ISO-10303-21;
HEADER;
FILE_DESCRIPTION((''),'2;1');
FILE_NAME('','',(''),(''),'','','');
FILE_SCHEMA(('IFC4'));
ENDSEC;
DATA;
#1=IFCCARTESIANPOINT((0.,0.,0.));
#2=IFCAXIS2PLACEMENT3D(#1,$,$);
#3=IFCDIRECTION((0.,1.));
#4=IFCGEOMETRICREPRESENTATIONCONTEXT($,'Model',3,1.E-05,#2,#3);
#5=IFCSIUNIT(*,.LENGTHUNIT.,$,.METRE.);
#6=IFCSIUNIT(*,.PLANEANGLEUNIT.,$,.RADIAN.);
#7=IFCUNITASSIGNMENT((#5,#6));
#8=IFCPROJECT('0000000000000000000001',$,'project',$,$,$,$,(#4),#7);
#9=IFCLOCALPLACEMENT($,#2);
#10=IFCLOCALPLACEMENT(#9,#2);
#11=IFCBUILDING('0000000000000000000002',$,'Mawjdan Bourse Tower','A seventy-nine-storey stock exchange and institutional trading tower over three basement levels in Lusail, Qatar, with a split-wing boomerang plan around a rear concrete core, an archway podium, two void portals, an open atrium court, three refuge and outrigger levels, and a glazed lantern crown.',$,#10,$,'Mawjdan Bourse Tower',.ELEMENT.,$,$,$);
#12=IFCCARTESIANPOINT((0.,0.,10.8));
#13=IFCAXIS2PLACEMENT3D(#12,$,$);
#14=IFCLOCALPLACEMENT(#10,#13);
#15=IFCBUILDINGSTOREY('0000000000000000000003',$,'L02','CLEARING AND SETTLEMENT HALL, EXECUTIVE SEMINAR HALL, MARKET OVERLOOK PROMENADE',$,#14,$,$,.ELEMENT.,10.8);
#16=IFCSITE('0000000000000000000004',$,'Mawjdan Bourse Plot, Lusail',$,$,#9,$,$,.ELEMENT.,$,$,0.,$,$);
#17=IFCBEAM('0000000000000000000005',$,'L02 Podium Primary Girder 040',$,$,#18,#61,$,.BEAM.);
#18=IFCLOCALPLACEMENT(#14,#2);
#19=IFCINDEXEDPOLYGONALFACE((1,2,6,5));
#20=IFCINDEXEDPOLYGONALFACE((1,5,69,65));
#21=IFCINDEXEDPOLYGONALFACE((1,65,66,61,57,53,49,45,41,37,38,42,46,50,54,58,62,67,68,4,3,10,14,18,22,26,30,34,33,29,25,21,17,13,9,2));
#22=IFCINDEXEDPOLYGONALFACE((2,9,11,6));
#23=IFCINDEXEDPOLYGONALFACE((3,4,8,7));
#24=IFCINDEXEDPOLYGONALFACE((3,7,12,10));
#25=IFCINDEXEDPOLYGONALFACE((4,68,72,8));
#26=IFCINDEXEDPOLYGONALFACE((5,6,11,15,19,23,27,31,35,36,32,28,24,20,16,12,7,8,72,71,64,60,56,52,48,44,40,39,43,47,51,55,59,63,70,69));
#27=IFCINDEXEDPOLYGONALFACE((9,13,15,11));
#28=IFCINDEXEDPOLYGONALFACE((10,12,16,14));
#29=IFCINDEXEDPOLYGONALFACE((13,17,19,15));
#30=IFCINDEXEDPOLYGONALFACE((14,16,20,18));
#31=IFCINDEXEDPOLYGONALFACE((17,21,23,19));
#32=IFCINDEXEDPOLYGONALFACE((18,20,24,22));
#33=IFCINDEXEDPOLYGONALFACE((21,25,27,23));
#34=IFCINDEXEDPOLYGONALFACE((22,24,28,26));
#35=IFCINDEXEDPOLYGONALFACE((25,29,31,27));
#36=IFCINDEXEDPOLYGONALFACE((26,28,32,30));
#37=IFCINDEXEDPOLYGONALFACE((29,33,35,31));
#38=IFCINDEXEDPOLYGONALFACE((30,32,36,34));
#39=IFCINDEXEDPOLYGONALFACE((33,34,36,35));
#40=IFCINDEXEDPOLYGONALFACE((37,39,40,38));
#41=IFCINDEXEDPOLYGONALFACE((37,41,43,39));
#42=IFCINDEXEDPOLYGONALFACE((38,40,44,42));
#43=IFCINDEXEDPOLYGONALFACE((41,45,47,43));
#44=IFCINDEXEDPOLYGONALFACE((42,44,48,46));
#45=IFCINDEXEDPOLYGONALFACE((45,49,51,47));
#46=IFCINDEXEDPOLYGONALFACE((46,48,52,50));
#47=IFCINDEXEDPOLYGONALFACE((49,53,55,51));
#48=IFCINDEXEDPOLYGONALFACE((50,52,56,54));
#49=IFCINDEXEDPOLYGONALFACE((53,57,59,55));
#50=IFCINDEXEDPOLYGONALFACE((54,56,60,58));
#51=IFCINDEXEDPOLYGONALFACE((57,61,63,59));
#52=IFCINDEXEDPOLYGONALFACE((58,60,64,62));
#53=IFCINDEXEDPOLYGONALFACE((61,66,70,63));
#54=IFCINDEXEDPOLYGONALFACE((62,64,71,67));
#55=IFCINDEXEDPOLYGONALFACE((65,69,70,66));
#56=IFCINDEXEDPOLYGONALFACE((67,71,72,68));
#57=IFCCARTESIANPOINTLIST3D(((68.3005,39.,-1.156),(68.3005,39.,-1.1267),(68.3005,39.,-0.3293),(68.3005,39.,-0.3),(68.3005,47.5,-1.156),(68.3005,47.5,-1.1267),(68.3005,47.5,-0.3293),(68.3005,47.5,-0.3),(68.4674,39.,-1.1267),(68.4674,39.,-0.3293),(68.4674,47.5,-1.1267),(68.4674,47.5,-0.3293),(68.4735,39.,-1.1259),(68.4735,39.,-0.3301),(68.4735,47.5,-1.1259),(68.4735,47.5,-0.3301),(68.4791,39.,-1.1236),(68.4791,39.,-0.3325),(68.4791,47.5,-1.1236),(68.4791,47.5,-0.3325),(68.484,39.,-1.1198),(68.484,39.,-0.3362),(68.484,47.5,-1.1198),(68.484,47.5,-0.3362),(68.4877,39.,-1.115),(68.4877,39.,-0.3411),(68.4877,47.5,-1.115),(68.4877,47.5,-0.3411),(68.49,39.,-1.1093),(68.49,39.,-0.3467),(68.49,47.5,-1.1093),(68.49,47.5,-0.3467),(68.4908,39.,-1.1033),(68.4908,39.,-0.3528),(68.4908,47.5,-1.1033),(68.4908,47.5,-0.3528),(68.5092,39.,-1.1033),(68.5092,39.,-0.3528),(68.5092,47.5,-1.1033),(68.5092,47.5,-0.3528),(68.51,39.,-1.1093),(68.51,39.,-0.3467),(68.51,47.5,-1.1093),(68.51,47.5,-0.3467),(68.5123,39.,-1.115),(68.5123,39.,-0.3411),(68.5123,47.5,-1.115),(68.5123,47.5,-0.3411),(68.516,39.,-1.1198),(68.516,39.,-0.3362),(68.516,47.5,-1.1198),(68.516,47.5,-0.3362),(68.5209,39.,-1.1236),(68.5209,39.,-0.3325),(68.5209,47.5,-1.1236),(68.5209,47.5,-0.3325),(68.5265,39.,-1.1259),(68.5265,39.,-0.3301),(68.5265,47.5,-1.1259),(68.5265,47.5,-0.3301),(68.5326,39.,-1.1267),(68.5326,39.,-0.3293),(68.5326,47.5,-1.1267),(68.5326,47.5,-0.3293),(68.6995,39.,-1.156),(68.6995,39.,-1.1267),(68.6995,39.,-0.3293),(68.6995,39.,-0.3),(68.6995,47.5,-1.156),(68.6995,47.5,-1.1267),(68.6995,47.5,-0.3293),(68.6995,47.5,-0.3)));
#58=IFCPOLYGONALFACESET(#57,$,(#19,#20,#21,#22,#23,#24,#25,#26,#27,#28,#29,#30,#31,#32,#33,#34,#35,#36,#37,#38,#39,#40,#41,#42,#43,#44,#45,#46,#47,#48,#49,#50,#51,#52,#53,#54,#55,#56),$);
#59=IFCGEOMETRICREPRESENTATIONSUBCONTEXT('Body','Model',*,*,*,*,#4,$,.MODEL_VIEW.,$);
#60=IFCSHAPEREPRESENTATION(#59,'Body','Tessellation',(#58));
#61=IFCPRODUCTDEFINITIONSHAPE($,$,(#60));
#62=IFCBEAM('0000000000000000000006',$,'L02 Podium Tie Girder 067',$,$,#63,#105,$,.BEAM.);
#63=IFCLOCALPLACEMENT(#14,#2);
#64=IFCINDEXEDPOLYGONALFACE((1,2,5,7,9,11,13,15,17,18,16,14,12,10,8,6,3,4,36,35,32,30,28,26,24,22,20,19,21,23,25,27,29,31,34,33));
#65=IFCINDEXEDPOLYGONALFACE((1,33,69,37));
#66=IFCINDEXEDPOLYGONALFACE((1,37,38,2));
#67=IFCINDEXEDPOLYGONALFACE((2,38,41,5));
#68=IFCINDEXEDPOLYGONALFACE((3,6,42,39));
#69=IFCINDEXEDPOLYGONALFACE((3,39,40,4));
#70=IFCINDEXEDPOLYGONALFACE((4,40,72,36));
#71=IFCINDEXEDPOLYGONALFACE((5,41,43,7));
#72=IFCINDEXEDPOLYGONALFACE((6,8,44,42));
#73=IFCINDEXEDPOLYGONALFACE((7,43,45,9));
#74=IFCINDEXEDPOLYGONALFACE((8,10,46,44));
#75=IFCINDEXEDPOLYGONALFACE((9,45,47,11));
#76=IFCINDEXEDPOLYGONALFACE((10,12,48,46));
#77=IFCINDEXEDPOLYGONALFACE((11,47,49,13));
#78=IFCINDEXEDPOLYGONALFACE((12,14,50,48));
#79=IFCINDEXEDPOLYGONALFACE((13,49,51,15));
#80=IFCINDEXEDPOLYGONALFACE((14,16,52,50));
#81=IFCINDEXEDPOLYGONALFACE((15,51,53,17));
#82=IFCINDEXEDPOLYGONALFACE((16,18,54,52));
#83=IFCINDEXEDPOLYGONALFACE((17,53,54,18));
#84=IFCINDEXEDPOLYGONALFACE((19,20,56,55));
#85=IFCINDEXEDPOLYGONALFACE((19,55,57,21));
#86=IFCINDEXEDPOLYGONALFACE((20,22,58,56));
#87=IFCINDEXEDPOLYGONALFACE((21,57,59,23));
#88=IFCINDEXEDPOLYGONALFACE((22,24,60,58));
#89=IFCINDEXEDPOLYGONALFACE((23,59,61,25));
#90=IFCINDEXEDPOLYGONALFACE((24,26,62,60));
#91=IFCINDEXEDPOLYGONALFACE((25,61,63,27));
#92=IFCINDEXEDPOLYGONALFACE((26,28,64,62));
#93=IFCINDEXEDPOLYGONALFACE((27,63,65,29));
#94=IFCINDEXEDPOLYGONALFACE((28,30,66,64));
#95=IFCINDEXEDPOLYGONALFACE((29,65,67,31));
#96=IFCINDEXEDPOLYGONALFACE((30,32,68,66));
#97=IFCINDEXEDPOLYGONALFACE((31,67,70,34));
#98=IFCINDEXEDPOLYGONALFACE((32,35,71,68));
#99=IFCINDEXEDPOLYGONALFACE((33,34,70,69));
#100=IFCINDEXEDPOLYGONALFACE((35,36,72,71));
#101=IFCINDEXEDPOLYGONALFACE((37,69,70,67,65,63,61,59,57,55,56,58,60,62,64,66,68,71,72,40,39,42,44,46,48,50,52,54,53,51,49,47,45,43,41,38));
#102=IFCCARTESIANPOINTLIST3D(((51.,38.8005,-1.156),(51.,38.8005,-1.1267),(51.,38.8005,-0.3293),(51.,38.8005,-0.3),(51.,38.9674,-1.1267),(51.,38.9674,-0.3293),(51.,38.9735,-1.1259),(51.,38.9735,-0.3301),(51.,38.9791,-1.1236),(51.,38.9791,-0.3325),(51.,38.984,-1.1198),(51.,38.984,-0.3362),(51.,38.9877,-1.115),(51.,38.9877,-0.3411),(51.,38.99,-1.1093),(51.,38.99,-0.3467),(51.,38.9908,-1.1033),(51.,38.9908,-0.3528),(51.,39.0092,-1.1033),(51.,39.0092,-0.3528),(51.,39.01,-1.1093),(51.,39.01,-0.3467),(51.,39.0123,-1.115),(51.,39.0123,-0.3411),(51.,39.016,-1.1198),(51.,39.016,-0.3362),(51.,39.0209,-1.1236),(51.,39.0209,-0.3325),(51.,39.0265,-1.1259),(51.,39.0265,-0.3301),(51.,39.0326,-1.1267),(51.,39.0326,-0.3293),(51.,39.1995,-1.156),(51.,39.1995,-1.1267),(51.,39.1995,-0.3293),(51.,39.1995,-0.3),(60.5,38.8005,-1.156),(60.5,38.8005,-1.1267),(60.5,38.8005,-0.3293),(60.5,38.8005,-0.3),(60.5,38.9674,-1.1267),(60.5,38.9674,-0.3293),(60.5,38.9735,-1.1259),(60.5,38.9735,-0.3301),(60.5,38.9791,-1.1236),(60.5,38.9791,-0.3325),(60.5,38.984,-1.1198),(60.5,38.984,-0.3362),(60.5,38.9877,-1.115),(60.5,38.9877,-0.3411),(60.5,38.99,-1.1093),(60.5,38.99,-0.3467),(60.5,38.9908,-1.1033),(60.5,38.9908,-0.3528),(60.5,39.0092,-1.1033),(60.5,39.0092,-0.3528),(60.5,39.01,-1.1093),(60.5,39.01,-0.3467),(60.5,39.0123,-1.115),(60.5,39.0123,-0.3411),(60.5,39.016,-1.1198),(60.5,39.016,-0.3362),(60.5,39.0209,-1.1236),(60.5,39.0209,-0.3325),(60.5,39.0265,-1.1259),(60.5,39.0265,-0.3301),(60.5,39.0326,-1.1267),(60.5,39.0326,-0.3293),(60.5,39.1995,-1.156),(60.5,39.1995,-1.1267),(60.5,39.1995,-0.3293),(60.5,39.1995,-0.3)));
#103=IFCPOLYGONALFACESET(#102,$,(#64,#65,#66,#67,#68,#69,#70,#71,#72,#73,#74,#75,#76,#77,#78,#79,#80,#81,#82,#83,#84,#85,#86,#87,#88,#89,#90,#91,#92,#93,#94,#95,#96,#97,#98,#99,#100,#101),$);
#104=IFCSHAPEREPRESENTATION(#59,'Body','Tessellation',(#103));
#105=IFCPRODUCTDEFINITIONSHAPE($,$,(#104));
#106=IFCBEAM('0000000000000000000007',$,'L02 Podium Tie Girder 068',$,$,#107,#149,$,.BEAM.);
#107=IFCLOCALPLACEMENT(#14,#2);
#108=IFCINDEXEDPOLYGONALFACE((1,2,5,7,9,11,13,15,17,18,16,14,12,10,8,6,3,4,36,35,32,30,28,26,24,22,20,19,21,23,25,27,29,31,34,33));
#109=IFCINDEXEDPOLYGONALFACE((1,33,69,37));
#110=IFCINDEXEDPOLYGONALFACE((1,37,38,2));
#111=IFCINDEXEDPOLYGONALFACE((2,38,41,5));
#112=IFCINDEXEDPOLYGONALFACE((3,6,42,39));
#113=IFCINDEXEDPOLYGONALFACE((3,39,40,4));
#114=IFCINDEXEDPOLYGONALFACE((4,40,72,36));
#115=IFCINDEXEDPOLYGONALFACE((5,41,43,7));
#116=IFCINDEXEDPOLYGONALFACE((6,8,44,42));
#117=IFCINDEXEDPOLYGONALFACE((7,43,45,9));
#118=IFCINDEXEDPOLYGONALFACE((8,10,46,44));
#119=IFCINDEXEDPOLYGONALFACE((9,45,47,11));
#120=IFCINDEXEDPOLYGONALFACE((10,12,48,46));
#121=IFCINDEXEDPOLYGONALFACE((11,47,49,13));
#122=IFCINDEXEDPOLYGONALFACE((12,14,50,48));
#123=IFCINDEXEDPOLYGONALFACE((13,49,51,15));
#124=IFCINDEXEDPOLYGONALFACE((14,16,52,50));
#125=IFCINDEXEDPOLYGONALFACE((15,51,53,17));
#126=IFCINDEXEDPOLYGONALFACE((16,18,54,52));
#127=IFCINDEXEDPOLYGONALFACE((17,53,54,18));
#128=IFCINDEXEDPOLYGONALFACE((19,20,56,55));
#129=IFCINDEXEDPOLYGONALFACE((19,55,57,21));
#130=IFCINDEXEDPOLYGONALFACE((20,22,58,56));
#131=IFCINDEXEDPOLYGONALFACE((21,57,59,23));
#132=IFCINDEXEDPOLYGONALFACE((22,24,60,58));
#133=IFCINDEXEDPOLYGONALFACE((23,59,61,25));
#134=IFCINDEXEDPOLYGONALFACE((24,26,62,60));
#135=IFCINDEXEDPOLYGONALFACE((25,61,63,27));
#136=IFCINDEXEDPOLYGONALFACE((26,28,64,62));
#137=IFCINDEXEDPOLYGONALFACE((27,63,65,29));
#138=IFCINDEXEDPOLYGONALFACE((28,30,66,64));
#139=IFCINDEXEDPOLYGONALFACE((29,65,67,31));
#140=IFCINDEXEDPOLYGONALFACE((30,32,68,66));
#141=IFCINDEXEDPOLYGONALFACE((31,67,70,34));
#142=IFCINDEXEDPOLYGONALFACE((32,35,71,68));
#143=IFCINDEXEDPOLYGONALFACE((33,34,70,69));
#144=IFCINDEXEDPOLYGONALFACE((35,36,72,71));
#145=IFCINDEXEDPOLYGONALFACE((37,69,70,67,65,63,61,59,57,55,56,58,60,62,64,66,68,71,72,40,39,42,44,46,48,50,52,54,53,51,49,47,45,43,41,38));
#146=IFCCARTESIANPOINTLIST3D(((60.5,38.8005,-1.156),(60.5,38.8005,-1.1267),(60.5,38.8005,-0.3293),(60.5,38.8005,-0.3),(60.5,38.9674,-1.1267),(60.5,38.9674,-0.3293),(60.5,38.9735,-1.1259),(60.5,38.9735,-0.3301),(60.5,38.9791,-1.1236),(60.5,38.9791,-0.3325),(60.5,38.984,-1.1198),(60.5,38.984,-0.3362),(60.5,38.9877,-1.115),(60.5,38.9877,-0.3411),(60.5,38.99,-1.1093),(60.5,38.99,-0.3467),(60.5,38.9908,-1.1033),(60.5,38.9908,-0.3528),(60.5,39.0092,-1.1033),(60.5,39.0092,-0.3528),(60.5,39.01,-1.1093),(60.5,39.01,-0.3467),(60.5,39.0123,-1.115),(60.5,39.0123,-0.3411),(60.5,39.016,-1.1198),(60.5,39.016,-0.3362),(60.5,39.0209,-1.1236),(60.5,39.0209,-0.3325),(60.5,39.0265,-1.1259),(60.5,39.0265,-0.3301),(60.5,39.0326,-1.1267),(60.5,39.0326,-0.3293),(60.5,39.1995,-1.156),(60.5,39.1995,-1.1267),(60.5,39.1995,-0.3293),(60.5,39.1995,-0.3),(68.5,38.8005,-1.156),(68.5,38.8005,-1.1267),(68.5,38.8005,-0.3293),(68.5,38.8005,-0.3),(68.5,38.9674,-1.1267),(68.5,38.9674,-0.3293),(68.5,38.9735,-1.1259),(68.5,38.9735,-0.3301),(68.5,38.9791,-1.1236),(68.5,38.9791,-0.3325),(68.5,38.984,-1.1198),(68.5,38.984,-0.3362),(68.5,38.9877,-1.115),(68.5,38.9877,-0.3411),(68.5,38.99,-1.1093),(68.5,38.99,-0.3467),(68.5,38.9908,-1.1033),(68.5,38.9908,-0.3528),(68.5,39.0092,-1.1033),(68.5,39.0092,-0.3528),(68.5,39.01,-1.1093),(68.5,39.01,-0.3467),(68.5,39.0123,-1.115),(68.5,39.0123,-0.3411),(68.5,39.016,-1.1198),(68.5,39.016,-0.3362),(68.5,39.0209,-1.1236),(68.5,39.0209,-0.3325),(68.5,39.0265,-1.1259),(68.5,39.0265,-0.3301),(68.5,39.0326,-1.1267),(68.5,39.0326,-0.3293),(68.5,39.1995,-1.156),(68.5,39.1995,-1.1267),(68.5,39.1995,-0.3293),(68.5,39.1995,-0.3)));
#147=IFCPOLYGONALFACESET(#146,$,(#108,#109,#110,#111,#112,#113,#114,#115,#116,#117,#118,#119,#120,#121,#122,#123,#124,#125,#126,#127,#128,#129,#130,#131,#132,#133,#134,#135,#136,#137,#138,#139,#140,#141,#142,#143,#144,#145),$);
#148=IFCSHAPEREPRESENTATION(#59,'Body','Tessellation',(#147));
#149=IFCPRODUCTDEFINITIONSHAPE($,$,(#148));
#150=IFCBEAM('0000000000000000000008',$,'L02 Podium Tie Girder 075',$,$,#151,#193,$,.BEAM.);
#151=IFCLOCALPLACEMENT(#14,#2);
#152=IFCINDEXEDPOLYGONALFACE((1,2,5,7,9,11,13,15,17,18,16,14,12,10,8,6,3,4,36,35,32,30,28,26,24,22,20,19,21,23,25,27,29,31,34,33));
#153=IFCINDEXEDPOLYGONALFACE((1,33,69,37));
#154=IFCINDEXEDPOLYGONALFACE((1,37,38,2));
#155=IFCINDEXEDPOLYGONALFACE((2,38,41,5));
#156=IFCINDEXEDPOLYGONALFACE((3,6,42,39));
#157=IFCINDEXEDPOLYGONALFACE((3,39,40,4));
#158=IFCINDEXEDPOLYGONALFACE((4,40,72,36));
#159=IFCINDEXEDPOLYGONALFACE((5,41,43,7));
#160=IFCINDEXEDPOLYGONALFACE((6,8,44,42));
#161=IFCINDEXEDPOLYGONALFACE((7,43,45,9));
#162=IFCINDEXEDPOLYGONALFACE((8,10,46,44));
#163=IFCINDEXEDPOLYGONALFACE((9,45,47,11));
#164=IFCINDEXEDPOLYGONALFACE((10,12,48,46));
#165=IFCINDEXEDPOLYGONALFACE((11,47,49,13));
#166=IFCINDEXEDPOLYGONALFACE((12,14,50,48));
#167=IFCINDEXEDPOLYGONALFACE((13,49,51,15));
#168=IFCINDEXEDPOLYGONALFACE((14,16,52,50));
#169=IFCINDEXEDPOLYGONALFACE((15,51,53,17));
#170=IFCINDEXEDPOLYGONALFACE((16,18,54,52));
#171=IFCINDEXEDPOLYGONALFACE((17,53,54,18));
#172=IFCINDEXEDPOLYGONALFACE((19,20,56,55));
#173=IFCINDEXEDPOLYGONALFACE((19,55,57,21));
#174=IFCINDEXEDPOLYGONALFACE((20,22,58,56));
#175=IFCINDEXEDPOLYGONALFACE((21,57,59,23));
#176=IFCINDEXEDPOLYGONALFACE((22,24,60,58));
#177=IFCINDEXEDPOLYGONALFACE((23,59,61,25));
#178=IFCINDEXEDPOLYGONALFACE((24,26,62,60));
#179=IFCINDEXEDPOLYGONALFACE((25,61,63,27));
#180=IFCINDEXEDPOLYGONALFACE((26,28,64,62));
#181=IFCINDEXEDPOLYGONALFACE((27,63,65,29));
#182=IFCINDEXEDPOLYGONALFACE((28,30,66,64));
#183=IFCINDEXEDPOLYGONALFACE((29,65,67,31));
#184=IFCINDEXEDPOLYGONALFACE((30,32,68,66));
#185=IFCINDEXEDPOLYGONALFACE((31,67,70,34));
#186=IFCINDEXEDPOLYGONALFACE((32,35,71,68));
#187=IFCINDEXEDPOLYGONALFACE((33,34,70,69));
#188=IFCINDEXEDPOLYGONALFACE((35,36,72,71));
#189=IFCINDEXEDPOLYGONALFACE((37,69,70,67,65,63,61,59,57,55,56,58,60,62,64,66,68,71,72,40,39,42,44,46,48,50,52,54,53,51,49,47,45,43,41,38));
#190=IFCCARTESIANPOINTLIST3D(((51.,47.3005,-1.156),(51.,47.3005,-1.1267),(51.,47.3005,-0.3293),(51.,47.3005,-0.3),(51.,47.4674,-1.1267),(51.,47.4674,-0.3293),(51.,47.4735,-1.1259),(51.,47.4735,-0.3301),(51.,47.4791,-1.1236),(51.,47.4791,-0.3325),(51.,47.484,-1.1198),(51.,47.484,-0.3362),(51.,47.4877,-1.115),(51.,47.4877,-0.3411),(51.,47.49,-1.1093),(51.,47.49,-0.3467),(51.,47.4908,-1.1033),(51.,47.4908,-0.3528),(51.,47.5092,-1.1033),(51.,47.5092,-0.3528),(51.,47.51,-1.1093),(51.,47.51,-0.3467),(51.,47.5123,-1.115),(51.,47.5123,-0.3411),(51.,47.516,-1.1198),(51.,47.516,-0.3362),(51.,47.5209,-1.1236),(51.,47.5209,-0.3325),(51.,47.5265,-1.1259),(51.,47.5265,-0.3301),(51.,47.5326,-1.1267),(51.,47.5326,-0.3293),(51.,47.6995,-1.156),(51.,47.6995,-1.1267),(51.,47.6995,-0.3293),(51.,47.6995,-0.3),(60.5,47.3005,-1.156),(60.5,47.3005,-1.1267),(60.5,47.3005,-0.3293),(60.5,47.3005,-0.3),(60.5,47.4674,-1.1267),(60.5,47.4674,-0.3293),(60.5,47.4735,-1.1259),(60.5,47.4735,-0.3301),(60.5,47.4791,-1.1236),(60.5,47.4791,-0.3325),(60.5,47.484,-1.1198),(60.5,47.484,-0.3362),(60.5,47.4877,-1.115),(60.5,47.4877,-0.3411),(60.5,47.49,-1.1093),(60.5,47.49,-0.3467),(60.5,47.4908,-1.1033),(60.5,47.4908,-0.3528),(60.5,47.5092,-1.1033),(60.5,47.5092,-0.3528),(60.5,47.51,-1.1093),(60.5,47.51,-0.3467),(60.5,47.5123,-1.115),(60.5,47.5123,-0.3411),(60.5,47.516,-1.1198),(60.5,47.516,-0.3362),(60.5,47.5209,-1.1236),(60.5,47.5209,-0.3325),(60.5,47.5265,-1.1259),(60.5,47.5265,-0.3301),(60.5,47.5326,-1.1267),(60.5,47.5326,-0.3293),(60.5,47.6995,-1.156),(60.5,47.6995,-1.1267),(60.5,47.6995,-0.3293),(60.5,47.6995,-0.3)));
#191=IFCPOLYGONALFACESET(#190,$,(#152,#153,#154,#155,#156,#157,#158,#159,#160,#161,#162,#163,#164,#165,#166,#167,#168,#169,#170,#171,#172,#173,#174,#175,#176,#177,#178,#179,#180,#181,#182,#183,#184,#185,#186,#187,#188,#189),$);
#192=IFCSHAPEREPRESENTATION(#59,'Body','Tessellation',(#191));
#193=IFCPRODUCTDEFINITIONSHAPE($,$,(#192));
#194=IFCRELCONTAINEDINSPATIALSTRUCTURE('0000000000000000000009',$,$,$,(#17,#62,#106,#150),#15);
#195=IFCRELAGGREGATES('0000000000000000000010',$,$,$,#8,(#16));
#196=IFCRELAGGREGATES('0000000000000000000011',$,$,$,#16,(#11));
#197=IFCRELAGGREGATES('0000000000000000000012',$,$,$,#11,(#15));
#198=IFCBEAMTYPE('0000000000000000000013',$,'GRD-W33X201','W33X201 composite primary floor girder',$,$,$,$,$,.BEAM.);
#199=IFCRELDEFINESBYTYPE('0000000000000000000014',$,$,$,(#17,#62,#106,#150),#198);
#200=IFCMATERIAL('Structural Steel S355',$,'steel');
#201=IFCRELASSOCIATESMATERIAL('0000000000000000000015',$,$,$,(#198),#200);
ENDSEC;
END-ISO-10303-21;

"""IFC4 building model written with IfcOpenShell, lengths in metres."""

from ifc_helpers import new_model, si_unit, direction, frame, origin, origin_2d, place, context, subcontext, project, spatial, i_section, extrude, material, material_profile, profile_set, type_object, element, save


model = new_model("IFC4")

# Units and contexts
model_context = context("Model", 3, precision=1e-05, world=origin(), true_north=direction((0.0, 1.0)))
body_context = subcontext(model_context, "Body", "Model", "MODEL_VIEW")
ifc_project = project(units=[si_unit("LENGTHUNIT", "METRE"), si_unit("PLANEANGLEUNIT", "RADIAN")], contexts=[model_context])

# Site, building, storey
site_placement = place(None, origin())
site = spatial("IfcSite", under=ifc_project, at=site_placement, Name="Mawjdan Bourse Plot, Lusail", CompositionType="ELEMENT", RefElevation=0.0)
building_placement = place(site_placement, origin())
building = spatial("IfcBuilding", under=site, at=building_placement, Name="Mawjdan Bourse Tower", Description="A seventy-nine-storey stock exchange and institutional trading tower over three basement levels in Lusail, Qatar, with a split-wing boomerang plan around a rear concrete core, an archway podium, two void portals, an open atrium court, three refuge and outrigger levels, and a glazed lantern crown.", LongName="Mawjdan Bourse Tower", CompositionType="ELEMENT")
storey_placement = place(building_placement, frame((0.0, 0.0, 10.8)))
storey = spatial("IfcBuildingStorey", under=building, at=storey_placement, Name="L02", Description="CLEARING AND SETTLEMENT HALL, EXECUTIVE SEMINAR HALL, MARKET OVERLOOK PROMENADE", CompositionType="ELEMENT", Elevation=10.8)

# Beams
ifc_material_1 = material(Name="Structural Steel S355", Category="steel")
ifc_material_profile_1 = material_profile(ifc_material_1, i_section(OverallWidth=0.3989, OverallDepth=0.856, WebThickness=0.0183, FlangeThickness=0.0293, FilletRadius=0.0234, at=origin_2d()), Name="W33X201")
ifc_profile_set_1 = profile_set([ifc_material_profile_1], Name="Structural Steel S355")
beam_type_1 = type_object("IfcBeamType", Name="GRD-W33X201", Description="W33X201 composite primary floor girder", PredefinedType="BEAM", material=ifc_profile_set_1)
for number, where, z_axis, x_axis, name in (
    (1, (68.5, 39.0, -0.728), (0.0, 1.0, 0.0), (-1.0, 0.0, 0.0), "L02 Podium Primary Girder 040"),
):
    element("IfcBeam", number, at=place(storey_placement, frame(where, z_axis=z_axis, x_axis=x_axis)), inside=storey, type_object=beam_type_1, Name=name, PredefinedType="BEAM", context=body_context, shape_type="SweptSolid", body=[
        extrude(i_section(OverallWidth=0.3989, OverallDepth=0.856, WebThickness=0.0183, FlangeThickness=0.0293, FilletRadius=0.0234, at=origin_2d()), origin(), (0.0, 0.0, 1.0), 8.5),
    ])
beam_1_placement = place(storey_placement, frame((51.0, 39.0, -0.728), z_axis=(1.0, 0.0, 0.0), x_axis=(0.0, 1.0, 0.0)))
element("IfcBeam", 2, at=beam_1_placement, inside=storey, type_object=beam_type_1, Name="L02 Podium Tie Girder 067", PredefinedType="BEAM", context=body_context, shape_type="SweptSolid", body=[
    extrude(i_section(OverallWidth=0.3989, OverallDepth=0.856, WebThickness=0.0183, FlangeThickness=0.0293, FilletRadius=0.0234, at=origin_2d()), origin(), (0.0, 0.0, 1.0), 9.5),
])
beam_2_placement = place(storey_placement, frame((60.5, 39.0, -0.728), z_axis=(1.0, 0.0, 0.0), x_axis=(0.0, 1.0, 0.0)))
element("IfcBeam", 3, at=beam_2_placement, inside=storey, type_object=beam_type_1, Name="L02 Podium Tie Girder 068", PredefinedType="BEAM", context=body_context, shape_type="SweptSolid", body=[
    extrude(i_section(OverallWidth=0.3989, OverallDepth=0.856, WebThickness=0.0183, FlangeThickness=0.0293, FilletRadius=0.0234, at=origin_2d()), origin(), (0.0, 0.0, 1.0), 8.0),
])
beam_3_placement = place(storey_placement, frame((51.0, 47.5, -0.728), z_axis=(1.0, 0.0, 0.0), x_axis=(0.0, 1.0, 0.0)))
element("IfcBeam", 4, at=beam_3_placement, inside=storey, type_object=beam_type_1, Name="L02 Podium Tie Girder 075", PredefinedType="BEAM", context=body_context, shape_type="SweptSolid", body=[
    extrude(i_section(OverallWidth=0.3989, OverallDepth=0.856, WebThickness=0.0183, FlangeThickness=0.0293, FilletRadius=0.0234, at=origin_2d()), origin(), (0.0, 0.0, 1.0), 9.5),
])

save(model, "model.ifc")
